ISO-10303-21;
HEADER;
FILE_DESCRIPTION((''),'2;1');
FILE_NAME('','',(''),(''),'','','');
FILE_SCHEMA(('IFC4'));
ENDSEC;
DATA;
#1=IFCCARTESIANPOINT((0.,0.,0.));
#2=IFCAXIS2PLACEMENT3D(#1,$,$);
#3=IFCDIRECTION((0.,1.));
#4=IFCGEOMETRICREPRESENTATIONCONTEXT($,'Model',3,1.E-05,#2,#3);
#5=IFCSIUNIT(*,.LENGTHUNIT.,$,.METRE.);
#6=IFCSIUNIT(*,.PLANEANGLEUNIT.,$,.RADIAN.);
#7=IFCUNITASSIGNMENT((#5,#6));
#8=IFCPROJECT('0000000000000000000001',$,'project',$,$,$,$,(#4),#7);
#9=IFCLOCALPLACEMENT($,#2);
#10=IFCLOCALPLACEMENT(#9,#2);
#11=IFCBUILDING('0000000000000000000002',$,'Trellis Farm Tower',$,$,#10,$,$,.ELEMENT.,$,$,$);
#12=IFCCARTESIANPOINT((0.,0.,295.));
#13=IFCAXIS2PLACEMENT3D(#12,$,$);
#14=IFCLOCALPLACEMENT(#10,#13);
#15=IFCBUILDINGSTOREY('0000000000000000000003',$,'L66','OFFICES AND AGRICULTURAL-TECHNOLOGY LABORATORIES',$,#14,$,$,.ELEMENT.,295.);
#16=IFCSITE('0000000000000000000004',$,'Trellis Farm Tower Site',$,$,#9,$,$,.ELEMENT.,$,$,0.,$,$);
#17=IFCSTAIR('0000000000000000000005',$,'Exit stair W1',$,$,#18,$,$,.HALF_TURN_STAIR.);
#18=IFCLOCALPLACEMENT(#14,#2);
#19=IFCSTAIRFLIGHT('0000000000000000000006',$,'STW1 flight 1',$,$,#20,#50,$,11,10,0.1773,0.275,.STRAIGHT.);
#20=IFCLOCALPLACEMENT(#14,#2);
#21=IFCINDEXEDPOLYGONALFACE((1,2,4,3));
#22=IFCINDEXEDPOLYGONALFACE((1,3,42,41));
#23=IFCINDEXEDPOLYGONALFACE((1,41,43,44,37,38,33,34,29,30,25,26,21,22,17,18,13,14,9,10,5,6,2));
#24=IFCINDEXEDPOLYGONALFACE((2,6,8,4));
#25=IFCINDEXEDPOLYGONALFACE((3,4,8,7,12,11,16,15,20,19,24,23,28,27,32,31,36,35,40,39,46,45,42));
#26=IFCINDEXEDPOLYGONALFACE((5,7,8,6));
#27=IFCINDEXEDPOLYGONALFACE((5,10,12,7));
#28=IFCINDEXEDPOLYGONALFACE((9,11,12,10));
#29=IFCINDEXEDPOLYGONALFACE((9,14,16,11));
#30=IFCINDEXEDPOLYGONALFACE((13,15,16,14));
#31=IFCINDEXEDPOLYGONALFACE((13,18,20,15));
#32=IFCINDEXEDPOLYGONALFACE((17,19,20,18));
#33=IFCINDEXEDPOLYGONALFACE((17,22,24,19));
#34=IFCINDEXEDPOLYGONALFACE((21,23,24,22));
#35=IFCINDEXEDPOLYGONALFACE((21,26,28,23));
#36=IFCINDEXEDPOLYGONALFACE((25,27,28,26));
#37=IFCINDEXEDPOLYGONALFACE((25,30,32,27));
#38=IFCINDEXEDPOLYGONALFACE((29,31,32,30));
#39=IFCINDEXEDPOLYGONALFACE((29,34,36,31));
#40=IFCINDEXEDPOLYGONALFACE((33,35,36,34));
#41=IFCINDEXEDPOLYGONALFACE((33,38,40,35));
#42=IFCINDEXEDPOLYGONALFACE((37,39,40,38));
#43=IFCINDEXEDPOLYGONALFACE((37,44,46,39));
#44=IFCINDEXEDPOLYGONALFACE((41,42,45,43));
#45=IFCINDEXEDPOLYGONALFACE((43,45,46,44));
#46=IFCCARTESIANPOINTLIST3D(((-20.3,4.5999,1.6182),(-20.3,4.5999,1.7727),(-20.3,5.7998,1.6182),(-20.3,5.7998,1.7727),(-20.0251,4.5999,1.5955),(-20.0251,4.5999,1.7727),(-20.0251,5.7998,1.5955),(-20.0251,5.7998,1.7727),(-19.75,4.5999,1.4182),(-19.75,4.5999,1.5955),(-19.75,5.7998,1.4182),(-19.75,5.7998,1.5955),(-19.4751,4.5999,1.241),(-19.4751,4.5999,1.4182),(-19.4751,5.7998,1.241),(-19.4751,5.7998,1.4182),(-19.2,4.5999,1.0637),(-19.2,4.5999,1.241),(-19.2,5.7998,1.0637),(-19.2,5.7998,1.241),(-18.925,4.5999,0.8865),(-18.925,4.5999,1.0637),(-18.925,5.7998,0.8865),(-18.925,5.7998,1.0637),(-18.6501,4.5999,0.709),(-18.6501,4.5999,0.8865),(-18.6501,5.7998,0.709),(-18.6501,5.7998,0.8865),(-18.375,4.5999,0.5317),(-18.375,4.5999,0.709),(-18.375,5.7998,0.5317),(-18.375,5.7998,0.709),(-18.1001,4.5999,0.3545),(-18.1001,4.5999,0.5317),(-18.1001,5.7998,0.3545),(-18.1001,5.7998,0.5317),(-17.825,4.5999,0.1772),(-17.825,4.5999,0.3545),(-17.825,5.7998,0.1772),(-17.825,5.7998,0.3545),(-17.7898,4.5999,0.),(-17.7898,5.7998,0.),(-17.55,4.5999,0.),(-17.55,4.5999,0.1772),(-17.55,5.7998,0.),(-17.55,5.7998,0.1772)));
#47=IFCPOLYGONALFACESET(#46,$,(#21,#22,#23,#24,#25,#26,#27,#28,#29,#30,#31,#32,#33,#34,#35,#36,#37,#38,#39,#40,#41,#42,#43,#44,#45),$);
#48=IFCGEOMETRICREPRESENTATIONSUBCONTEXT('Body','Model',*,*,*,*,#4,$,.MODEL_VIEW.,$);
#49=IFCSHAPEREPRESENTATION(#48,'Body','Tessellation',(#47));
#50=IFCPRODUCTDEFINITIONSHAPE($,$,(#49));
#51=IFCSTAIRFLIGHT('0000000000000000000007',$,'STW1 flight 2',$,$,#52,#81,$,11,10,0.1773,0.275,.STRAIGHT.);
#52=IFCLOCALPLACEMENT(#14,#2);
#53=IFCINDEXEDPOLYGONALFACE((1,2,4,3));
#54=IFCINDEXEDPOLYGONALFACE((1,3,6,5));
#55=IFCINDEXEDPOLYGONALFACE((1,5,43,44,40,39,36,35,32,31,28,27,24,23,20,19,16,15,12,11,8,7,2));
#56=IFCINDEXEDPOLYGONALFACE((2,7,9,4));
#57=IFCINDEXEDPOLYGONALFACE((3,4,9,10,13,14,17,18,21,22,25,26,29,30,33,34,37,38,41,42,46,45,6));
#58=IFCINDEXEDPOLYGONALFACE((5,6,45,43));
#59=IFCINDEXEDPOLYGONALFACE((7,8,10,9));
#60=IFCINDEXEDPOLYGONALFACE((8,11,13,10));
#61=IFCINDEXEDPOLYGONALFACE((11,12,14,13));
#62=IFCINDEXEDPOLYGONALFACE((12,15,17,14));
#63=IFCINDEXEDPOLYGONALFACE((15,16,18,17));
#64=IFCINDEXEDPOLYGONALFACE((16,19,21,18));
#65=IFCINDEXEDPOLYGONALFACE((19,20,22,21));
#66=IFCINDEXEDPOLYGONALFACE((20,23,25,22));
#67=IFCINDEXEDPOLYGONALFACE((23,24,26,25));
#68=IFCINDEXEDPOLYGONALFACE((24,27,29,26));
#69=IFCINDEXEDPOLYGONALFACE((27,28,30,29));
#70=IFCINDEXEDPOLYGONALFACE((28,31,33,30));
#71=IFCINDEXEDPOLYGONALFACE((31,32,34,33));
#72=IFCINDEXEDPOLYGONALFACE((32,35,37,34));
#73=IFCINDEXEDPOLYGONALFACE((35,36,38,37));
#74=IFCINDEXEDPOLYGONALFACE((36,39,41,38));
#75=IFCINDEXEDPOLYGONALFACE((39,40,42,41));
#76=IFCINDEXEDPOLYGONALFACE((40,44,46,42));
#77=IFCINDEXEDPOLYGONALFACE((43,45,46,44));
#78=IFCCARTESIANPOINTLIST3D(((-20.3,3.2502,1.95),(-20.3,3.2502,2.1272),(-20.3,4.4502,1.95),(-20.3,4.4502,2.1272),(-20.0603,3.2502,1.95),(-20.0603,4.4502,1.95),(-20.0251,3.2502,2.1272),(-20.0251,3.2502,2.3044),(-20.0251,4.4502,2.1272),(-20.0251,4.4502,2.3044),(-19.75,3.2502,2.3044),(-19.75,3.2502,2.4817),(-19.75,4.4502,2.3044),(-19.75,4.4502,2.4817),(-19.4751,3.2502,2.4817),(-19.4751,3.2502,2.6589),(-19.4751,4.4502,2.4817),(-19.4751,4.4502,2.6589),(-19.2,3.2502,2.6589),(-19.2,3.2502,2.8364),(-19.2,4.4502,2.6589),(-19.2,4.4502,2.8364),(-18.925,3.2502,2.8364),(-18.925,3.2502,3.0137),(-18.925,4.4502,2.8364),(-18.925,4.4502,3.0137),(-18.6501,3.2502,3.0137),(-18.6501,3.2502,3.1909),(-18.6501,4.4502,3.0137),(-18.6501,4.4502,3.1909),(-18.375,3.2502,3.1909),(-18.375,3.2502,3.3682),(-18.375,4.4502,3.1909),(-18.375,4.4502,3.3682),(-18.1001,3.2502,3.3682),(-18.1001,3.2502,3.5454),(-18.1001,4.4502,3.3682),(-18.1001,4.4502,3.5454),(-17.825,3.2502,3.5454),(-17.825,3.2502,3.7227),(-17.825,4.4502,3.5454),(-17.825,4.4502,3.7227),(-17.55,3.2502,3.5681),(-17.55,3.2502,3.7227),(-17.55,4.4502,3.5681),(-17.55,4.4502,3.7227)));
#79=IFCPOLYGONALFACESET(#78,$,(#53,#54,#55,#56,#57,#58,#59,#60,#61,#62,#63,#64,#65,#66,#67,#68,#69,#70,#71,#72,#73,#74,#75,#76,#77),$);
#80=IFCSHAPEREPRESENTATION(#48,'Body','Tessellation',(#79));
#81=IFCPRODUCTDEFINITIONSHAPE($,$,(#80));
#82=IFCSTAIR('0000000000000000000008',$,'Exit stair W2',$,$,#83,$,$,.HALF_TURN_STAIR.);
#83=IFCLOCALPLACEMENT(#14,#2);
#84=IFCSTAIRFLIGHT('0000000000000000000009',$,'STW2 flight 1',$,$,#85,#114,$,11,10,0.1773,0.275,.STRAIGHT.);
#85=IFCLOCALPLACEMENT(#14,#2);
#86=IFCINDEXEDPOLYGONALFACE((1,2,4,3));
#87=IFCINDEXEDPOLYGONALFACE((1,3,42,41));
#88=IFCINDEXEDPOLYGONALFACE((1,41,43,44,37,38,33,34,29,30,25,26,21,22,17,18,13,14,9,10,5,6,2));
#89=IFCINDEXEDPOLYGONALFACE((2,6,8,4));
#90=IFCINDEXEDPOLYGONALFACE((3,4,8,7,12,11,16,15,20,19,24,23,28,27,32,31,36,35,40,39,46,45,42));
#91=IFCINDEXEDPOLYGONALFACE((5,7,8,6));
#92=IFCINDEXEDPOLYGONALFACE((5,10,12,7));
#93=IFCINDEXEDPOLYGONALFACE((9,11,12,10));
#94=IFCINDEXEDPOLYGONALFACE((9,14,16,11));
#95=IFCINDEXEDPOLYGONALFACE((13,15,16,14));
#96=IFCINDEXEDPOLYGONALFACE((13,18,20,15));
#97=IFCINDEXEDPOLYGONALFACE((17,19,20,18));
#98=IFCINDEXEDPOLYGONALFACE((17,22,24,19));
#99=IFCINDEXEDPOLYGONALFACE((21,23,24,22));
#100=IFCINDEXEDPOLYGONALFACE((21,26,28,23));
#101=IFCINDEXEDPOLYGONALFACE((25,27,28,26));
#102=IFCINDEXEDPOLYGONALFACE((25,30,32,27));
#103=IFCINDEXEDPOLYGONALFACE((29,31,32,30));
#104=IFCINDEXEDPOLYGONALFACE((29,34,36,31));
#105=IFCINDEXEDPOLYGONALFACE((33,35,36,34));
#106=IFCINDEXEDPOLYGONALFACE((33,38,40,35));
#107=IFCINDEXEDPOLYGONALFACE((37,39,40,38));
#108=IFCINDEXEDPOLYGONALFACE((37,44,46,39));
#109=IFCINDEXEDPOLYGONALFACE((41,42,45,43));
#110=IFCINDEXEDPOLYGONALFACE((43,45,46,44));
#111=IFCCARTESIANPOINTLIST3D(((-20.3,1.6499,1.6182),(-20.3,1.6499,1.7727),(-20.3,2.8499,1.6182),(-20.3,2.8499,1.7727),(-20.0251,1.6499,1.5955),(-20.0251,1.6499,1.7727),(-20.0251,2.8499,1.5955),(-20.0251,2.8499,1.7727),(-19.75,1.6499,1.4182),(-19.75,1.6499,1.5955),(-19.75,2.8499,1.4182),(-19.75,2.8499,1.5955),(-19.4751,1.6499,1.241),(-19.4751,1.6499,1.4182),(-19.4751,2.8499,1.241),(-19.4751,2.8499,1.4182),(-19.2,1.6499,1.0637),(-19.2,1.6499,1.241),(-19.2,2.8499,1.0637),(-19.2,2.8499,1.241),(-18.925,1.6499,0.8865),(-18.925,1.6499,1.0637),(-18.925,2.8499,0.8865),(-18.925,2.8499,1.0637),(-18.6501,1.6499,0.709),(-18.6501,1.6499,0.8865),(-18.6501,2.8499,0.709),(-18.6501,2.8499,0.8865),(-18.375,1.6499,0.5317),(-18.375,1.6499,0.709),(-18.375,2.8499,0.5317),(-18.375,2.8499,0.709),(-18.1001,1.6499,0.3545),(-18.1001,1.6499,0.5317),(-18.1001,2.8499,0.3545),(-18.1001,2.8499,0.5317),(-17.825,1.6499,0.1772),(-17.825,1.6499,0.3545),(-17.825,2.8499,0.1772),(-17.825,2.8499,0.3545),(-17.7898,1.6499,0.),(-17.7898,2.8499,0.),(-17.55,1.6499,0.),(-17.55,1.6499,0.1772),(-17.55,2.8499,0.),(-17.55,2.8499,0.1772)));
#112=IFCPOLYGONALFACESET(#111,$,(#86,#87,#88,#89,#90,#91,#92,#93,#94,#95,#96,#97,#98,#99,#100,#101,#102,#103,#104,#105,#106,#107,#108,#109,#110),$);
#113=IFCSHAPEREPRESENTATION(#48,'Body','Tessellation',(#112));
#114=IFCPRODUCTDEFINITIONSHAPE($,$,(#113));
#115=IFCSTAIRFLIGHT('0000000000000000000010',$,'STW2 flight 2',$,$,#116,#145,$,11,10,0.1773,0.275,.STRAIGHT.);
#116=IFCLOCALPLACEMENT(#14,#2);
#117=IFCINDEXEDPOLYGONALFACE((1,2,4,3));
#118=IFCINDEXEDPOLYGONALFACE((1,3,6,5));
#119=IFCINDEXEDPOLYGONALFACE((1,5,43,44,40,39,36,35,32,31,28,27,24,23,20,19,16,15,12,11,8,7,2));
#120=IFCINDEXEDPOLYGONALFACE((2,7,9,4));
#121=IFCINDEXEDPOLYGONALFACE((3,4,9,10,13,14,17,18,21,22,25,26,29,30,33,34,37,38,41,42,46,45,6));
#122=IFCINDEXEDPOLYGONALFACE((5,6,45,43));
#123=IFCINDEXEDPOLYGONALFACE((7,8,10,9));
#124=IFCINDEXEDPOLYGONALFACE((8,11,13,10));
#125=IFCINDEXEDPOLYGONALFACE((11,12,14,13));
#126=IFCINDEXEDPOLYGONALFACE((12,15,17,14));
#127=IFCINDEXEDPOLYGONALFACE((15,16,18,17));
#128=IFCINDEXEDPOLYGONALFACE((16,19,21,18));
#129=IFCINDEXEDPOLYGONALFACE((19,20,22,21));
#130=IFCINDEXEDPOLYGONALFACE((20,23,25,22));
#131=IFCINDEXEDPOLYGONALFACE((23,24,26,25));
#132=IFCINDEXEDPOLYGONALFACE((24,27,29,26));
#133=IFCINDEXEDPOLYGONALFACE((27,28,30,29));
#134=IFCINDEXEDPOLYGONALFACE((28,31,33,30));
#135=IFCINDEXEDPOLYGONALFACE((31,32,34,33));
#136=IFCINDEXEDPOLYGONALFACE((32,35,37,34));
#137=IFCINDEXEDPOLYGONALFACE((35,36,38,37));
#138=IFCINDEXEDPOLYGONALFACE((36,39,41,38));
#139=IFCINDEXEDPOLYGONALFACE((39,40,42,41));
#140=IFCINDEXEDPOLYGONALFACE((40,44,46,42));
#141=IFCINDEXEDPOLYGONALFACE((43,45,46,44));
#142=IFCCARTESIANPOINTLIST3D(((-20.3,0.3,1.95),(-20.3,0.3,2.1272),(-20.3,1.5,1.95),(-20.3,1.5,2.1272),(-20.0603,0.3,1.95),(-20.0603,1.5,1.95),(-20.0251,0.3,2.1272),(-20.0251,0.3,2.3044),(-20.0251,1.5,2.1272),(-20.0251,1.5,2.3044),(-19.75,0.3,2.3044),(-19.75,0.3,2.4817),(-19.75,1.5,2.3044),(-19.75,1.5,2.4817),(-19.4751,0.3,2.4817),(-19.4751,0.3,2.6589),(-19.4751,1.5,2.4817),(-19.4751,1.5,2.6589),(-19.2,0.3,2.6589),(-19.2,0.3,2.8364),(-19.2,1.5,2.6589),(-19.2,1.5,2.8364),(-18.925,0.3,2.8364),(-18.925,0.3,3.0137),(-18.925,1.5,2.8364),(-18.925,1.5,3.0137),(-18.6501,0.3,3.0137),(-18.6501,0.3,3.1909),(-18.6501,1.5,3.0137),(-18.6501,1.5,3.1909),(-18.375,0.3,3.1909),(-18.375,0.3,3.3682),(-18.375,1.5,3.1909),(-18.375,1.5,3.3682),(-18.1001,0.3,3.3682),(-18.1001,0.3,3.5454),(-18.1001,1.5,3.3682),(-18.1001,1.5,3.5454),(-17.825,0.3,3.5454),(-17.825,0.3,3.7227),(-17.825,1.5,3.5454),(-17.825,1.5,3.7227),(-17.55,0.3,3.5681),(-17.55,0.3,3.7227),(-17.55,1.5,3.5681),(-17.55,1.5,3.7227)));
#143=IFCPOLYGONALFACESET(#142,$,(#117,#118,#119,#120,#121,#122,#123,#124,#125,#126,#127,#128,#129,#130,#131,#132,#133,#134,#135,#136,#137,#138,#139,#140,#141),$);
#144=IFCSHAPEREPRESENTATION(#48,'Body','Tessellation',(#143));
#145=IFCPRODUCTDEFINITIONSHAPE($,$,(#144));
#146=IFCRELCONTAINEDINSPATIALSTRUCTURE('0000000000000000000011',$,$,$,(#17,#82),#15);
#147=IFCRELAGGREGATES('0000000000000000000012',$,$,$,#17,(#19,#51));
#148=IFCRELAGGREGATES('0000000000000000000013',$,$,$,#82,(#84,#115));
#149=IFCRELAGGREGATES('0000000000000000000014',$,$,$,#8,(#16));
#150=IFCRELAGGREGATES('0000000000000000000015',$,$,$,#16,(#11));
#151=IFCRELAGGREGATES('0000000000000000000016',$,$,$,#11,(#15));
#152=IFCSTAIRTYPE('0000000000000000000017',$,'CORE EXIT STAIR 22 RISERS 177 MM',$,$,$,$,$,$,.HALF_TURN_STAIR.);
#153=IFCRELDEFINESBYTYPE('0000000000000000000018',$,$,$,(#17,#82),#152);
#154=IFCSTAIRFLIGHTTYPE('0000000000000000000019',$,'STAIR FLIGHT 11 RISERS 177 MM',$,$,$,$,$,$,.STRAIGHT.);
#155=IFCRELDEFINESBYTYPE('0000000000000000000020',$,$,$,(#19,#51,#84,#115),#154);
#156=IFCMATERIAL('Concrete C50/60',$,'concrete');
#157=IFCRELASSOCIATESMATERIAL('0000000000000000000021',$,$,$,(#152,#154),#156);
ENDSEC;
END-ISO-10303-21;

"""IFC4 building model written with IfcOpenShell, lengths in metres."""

from ifc_helpers import new_model, si_unit, direction, frame, origin, place, context, subcontext, project, spatial, polyline, outline, extrude, source, transform, mapped, material, type_object, element, aggregate, save


model = new_model("IFC4")

# Units and contexts
model_context = context("Model", 3, precision=1e-05, world=origin(), true_north=direction((0.0, 1.0)))
body_context = subcontext(model_context, "Body", "Model", "MODEL_VIEW")
ifc_project = project(units=[si_unit("LENGTHUNIT", "METRE"), si_unit("PLANEANGLEUNIT", "RADIAN")], contexts=[model_context])

# Site, building, storey
site_placement = place(None, origin())
site = spatial("IfcSite", under=ifc_project, at=site_placement, Name="Trellis Farm Tower Site", CompositionType="ELEMENT", RefElevation=0.0)
building_placement = place(site_placement, origin())
building = spatial("IfcBuilding", under=site, at=building_placement, Name="Trellis Farm Tower", CompositionType="ELEMENT")
storey_placement = place(building_placement, frame((0.0, 0.0, 295.0)))
storey = spatial("IfcBuildingStorey", under=building, at=storey_placement, Name="L66", Description="OFFICES AND AGRICULTURAL-TECHNOLOGY LABORATORIES", CompositionType="ELEMENT", Elevation=295.0)

# Shared definitions
placement = place(storey_placement, origin())

# Shared definitions
ifc_material_1 = material(Name="Concrete C50/60", Category="concrete")

# Stairs, stair flights
stair_type = type_object("IfcStairType", Name="CORE EXIT STAIR 22 RISERS 177 MM", PredefinedType="HALF_TURN_STAIR", material=ifc_material_1)
stair_1 = element("IfcStair", 1, at=placement, inside=storey, type_object=stair_type, Name="Exit stair W1", PredefinedType="HALF_TURN_STAIR")
stair_flight_type = type_object("IfcStairFlightType", Name="STAIR FLIGHT 11 RISERS 177 MM", PredefinedType="STRAIGHT", material=ifc_material_1)
shared_shape_1 = source(origin(), body_context, "Body", "SweptSolid", [
    extrude(outline(polyline([(0.0, 0.0), (0.0, 0.1772), (0.2749, 0.1772), (0.2749, 0.3545), (0.55, 0.3545), (0.55, 0.5317), (0.825, 0.5317), (0.825, 0.709), (1.1001, 0.709), (1.1001, 0.8865), (1.375, 0.8865), (1.375, 1.0637), (1.6499, 1.0637), (1.6499, 1.241), (1.925, 1.241), (1.925, 1.4182), (2.2, 1.4182), (2.2, 1.5955), (2.4751, 1.5955), (2.4751, 1.7727), (2.75, 1.7727), (2.75, 1.95), (2.75, 1.6182), (0.2397, 0.0), (0.0, 0.0)])), frame((0.0, 0.6001, 0.0), z_axis=(0.0, -1.0, 0.0), x_axis=(1.0, 0.0, 0.0)), (0.0, 0.0, 1.0), 1.2),
])
stair_flight_1_placement = place(storey_placement, frame((-17.55, 5.2, 0.0), z_axis=(0.0, 0.0, 1.0), x_axis=(-1.0, 0.0, 0.0)))
stair_flight_1 = element("IfcStairFlight", 2, at=stair_flight_1_placement, type_object=stair_flight_type, Name="STW1 flight 1", NumberOfRisers=11, NumberOfTreads=10, PredefinedType="STRAIGHT", RiserHeight=0.1773, TreadLength=0.275, context=body_context, shape_type="MappedRepresentation", body=[
    mapped(shared_shape_1, transform((0.0, 0.0, 0.0))),
])
stair_flight_2_placement = place(storey_placement, frame((-20.3, 3.8501, 1.95), z_axis=(0.0, 0.0, 1.0), x_axis=(1.0, 0.0, 0.0)))
stair_flight_2 = element("IfcStairFlight", 3, at=stair_flight_2_placement, type_object=stair_flight_type, Name="STW1 flight 2", NumberOfRisers=11, NumberOfTreads=10, PredefinedType="STRAIGHT", RiserHeight=0.1773, TreadLength=0.275, context=body_context, shape_type="MappedRepresentation", body=[
    mapped(shared_shape_1, transform((0.0, 0.0, 0.0))),
])
aggregate(stair_1, [stair_flight_1, stair_flight_2])
stair_2 = element("IfcStair", 4, at=placement, inside=storey, type_object=stair_type, Name="Exit stair W2", PredefinedType="HALF_TURN_STAIR")
stair_flight_3_placement = place(storey_placement, frame((-17.55, 2.25, 0.0), z_axis=(0.0, 0.0, 1.0), x_axis=(-1.0, 0.0, 0.0)))
stair_flight_3 = element("IfcStairFlight", 5, at=stair_flight_3_placement, type_object=stair_flight_type, Name="STW2 flight 1", NumberOfRisers=11, NumberOfTreads=10, PredefinedType="STRAIGHT", RiserHeight=0.1773, TreadLength=0.275, context=body_context, shape_type="MappedRepresentation", body=[
    mapped(shared_shape_1, transform((0.0, 0.0, 0.0))),
])
stair_flight_4_placement = place(storey_placement, frame((-20.3, 0.8999, 1.95), z_axis=(0.0, 0.0, 1.0), x_axis=(1.0, 0.0, 0.0)))
stair_flight_4 = element("IfcStairFlight", 6, at=stair_flight_4_placement, type_object=stair_flight_type, Name="STW2 flight 2", NumberOfRisers=11, NumberOfTreads=10, PredefinedType="STRAIGHT", RiserHeight=0.1773, TreadLength=0.275, context=body_context, shape_type="MappedRepresentation", body=[
    mapped(shared_shape_1, transform((0.0, 0.0, 0.0))),
])
aggregate(stair_2, [stair_flight_3, stair_flight_4])

save(model, "model.ifc")
